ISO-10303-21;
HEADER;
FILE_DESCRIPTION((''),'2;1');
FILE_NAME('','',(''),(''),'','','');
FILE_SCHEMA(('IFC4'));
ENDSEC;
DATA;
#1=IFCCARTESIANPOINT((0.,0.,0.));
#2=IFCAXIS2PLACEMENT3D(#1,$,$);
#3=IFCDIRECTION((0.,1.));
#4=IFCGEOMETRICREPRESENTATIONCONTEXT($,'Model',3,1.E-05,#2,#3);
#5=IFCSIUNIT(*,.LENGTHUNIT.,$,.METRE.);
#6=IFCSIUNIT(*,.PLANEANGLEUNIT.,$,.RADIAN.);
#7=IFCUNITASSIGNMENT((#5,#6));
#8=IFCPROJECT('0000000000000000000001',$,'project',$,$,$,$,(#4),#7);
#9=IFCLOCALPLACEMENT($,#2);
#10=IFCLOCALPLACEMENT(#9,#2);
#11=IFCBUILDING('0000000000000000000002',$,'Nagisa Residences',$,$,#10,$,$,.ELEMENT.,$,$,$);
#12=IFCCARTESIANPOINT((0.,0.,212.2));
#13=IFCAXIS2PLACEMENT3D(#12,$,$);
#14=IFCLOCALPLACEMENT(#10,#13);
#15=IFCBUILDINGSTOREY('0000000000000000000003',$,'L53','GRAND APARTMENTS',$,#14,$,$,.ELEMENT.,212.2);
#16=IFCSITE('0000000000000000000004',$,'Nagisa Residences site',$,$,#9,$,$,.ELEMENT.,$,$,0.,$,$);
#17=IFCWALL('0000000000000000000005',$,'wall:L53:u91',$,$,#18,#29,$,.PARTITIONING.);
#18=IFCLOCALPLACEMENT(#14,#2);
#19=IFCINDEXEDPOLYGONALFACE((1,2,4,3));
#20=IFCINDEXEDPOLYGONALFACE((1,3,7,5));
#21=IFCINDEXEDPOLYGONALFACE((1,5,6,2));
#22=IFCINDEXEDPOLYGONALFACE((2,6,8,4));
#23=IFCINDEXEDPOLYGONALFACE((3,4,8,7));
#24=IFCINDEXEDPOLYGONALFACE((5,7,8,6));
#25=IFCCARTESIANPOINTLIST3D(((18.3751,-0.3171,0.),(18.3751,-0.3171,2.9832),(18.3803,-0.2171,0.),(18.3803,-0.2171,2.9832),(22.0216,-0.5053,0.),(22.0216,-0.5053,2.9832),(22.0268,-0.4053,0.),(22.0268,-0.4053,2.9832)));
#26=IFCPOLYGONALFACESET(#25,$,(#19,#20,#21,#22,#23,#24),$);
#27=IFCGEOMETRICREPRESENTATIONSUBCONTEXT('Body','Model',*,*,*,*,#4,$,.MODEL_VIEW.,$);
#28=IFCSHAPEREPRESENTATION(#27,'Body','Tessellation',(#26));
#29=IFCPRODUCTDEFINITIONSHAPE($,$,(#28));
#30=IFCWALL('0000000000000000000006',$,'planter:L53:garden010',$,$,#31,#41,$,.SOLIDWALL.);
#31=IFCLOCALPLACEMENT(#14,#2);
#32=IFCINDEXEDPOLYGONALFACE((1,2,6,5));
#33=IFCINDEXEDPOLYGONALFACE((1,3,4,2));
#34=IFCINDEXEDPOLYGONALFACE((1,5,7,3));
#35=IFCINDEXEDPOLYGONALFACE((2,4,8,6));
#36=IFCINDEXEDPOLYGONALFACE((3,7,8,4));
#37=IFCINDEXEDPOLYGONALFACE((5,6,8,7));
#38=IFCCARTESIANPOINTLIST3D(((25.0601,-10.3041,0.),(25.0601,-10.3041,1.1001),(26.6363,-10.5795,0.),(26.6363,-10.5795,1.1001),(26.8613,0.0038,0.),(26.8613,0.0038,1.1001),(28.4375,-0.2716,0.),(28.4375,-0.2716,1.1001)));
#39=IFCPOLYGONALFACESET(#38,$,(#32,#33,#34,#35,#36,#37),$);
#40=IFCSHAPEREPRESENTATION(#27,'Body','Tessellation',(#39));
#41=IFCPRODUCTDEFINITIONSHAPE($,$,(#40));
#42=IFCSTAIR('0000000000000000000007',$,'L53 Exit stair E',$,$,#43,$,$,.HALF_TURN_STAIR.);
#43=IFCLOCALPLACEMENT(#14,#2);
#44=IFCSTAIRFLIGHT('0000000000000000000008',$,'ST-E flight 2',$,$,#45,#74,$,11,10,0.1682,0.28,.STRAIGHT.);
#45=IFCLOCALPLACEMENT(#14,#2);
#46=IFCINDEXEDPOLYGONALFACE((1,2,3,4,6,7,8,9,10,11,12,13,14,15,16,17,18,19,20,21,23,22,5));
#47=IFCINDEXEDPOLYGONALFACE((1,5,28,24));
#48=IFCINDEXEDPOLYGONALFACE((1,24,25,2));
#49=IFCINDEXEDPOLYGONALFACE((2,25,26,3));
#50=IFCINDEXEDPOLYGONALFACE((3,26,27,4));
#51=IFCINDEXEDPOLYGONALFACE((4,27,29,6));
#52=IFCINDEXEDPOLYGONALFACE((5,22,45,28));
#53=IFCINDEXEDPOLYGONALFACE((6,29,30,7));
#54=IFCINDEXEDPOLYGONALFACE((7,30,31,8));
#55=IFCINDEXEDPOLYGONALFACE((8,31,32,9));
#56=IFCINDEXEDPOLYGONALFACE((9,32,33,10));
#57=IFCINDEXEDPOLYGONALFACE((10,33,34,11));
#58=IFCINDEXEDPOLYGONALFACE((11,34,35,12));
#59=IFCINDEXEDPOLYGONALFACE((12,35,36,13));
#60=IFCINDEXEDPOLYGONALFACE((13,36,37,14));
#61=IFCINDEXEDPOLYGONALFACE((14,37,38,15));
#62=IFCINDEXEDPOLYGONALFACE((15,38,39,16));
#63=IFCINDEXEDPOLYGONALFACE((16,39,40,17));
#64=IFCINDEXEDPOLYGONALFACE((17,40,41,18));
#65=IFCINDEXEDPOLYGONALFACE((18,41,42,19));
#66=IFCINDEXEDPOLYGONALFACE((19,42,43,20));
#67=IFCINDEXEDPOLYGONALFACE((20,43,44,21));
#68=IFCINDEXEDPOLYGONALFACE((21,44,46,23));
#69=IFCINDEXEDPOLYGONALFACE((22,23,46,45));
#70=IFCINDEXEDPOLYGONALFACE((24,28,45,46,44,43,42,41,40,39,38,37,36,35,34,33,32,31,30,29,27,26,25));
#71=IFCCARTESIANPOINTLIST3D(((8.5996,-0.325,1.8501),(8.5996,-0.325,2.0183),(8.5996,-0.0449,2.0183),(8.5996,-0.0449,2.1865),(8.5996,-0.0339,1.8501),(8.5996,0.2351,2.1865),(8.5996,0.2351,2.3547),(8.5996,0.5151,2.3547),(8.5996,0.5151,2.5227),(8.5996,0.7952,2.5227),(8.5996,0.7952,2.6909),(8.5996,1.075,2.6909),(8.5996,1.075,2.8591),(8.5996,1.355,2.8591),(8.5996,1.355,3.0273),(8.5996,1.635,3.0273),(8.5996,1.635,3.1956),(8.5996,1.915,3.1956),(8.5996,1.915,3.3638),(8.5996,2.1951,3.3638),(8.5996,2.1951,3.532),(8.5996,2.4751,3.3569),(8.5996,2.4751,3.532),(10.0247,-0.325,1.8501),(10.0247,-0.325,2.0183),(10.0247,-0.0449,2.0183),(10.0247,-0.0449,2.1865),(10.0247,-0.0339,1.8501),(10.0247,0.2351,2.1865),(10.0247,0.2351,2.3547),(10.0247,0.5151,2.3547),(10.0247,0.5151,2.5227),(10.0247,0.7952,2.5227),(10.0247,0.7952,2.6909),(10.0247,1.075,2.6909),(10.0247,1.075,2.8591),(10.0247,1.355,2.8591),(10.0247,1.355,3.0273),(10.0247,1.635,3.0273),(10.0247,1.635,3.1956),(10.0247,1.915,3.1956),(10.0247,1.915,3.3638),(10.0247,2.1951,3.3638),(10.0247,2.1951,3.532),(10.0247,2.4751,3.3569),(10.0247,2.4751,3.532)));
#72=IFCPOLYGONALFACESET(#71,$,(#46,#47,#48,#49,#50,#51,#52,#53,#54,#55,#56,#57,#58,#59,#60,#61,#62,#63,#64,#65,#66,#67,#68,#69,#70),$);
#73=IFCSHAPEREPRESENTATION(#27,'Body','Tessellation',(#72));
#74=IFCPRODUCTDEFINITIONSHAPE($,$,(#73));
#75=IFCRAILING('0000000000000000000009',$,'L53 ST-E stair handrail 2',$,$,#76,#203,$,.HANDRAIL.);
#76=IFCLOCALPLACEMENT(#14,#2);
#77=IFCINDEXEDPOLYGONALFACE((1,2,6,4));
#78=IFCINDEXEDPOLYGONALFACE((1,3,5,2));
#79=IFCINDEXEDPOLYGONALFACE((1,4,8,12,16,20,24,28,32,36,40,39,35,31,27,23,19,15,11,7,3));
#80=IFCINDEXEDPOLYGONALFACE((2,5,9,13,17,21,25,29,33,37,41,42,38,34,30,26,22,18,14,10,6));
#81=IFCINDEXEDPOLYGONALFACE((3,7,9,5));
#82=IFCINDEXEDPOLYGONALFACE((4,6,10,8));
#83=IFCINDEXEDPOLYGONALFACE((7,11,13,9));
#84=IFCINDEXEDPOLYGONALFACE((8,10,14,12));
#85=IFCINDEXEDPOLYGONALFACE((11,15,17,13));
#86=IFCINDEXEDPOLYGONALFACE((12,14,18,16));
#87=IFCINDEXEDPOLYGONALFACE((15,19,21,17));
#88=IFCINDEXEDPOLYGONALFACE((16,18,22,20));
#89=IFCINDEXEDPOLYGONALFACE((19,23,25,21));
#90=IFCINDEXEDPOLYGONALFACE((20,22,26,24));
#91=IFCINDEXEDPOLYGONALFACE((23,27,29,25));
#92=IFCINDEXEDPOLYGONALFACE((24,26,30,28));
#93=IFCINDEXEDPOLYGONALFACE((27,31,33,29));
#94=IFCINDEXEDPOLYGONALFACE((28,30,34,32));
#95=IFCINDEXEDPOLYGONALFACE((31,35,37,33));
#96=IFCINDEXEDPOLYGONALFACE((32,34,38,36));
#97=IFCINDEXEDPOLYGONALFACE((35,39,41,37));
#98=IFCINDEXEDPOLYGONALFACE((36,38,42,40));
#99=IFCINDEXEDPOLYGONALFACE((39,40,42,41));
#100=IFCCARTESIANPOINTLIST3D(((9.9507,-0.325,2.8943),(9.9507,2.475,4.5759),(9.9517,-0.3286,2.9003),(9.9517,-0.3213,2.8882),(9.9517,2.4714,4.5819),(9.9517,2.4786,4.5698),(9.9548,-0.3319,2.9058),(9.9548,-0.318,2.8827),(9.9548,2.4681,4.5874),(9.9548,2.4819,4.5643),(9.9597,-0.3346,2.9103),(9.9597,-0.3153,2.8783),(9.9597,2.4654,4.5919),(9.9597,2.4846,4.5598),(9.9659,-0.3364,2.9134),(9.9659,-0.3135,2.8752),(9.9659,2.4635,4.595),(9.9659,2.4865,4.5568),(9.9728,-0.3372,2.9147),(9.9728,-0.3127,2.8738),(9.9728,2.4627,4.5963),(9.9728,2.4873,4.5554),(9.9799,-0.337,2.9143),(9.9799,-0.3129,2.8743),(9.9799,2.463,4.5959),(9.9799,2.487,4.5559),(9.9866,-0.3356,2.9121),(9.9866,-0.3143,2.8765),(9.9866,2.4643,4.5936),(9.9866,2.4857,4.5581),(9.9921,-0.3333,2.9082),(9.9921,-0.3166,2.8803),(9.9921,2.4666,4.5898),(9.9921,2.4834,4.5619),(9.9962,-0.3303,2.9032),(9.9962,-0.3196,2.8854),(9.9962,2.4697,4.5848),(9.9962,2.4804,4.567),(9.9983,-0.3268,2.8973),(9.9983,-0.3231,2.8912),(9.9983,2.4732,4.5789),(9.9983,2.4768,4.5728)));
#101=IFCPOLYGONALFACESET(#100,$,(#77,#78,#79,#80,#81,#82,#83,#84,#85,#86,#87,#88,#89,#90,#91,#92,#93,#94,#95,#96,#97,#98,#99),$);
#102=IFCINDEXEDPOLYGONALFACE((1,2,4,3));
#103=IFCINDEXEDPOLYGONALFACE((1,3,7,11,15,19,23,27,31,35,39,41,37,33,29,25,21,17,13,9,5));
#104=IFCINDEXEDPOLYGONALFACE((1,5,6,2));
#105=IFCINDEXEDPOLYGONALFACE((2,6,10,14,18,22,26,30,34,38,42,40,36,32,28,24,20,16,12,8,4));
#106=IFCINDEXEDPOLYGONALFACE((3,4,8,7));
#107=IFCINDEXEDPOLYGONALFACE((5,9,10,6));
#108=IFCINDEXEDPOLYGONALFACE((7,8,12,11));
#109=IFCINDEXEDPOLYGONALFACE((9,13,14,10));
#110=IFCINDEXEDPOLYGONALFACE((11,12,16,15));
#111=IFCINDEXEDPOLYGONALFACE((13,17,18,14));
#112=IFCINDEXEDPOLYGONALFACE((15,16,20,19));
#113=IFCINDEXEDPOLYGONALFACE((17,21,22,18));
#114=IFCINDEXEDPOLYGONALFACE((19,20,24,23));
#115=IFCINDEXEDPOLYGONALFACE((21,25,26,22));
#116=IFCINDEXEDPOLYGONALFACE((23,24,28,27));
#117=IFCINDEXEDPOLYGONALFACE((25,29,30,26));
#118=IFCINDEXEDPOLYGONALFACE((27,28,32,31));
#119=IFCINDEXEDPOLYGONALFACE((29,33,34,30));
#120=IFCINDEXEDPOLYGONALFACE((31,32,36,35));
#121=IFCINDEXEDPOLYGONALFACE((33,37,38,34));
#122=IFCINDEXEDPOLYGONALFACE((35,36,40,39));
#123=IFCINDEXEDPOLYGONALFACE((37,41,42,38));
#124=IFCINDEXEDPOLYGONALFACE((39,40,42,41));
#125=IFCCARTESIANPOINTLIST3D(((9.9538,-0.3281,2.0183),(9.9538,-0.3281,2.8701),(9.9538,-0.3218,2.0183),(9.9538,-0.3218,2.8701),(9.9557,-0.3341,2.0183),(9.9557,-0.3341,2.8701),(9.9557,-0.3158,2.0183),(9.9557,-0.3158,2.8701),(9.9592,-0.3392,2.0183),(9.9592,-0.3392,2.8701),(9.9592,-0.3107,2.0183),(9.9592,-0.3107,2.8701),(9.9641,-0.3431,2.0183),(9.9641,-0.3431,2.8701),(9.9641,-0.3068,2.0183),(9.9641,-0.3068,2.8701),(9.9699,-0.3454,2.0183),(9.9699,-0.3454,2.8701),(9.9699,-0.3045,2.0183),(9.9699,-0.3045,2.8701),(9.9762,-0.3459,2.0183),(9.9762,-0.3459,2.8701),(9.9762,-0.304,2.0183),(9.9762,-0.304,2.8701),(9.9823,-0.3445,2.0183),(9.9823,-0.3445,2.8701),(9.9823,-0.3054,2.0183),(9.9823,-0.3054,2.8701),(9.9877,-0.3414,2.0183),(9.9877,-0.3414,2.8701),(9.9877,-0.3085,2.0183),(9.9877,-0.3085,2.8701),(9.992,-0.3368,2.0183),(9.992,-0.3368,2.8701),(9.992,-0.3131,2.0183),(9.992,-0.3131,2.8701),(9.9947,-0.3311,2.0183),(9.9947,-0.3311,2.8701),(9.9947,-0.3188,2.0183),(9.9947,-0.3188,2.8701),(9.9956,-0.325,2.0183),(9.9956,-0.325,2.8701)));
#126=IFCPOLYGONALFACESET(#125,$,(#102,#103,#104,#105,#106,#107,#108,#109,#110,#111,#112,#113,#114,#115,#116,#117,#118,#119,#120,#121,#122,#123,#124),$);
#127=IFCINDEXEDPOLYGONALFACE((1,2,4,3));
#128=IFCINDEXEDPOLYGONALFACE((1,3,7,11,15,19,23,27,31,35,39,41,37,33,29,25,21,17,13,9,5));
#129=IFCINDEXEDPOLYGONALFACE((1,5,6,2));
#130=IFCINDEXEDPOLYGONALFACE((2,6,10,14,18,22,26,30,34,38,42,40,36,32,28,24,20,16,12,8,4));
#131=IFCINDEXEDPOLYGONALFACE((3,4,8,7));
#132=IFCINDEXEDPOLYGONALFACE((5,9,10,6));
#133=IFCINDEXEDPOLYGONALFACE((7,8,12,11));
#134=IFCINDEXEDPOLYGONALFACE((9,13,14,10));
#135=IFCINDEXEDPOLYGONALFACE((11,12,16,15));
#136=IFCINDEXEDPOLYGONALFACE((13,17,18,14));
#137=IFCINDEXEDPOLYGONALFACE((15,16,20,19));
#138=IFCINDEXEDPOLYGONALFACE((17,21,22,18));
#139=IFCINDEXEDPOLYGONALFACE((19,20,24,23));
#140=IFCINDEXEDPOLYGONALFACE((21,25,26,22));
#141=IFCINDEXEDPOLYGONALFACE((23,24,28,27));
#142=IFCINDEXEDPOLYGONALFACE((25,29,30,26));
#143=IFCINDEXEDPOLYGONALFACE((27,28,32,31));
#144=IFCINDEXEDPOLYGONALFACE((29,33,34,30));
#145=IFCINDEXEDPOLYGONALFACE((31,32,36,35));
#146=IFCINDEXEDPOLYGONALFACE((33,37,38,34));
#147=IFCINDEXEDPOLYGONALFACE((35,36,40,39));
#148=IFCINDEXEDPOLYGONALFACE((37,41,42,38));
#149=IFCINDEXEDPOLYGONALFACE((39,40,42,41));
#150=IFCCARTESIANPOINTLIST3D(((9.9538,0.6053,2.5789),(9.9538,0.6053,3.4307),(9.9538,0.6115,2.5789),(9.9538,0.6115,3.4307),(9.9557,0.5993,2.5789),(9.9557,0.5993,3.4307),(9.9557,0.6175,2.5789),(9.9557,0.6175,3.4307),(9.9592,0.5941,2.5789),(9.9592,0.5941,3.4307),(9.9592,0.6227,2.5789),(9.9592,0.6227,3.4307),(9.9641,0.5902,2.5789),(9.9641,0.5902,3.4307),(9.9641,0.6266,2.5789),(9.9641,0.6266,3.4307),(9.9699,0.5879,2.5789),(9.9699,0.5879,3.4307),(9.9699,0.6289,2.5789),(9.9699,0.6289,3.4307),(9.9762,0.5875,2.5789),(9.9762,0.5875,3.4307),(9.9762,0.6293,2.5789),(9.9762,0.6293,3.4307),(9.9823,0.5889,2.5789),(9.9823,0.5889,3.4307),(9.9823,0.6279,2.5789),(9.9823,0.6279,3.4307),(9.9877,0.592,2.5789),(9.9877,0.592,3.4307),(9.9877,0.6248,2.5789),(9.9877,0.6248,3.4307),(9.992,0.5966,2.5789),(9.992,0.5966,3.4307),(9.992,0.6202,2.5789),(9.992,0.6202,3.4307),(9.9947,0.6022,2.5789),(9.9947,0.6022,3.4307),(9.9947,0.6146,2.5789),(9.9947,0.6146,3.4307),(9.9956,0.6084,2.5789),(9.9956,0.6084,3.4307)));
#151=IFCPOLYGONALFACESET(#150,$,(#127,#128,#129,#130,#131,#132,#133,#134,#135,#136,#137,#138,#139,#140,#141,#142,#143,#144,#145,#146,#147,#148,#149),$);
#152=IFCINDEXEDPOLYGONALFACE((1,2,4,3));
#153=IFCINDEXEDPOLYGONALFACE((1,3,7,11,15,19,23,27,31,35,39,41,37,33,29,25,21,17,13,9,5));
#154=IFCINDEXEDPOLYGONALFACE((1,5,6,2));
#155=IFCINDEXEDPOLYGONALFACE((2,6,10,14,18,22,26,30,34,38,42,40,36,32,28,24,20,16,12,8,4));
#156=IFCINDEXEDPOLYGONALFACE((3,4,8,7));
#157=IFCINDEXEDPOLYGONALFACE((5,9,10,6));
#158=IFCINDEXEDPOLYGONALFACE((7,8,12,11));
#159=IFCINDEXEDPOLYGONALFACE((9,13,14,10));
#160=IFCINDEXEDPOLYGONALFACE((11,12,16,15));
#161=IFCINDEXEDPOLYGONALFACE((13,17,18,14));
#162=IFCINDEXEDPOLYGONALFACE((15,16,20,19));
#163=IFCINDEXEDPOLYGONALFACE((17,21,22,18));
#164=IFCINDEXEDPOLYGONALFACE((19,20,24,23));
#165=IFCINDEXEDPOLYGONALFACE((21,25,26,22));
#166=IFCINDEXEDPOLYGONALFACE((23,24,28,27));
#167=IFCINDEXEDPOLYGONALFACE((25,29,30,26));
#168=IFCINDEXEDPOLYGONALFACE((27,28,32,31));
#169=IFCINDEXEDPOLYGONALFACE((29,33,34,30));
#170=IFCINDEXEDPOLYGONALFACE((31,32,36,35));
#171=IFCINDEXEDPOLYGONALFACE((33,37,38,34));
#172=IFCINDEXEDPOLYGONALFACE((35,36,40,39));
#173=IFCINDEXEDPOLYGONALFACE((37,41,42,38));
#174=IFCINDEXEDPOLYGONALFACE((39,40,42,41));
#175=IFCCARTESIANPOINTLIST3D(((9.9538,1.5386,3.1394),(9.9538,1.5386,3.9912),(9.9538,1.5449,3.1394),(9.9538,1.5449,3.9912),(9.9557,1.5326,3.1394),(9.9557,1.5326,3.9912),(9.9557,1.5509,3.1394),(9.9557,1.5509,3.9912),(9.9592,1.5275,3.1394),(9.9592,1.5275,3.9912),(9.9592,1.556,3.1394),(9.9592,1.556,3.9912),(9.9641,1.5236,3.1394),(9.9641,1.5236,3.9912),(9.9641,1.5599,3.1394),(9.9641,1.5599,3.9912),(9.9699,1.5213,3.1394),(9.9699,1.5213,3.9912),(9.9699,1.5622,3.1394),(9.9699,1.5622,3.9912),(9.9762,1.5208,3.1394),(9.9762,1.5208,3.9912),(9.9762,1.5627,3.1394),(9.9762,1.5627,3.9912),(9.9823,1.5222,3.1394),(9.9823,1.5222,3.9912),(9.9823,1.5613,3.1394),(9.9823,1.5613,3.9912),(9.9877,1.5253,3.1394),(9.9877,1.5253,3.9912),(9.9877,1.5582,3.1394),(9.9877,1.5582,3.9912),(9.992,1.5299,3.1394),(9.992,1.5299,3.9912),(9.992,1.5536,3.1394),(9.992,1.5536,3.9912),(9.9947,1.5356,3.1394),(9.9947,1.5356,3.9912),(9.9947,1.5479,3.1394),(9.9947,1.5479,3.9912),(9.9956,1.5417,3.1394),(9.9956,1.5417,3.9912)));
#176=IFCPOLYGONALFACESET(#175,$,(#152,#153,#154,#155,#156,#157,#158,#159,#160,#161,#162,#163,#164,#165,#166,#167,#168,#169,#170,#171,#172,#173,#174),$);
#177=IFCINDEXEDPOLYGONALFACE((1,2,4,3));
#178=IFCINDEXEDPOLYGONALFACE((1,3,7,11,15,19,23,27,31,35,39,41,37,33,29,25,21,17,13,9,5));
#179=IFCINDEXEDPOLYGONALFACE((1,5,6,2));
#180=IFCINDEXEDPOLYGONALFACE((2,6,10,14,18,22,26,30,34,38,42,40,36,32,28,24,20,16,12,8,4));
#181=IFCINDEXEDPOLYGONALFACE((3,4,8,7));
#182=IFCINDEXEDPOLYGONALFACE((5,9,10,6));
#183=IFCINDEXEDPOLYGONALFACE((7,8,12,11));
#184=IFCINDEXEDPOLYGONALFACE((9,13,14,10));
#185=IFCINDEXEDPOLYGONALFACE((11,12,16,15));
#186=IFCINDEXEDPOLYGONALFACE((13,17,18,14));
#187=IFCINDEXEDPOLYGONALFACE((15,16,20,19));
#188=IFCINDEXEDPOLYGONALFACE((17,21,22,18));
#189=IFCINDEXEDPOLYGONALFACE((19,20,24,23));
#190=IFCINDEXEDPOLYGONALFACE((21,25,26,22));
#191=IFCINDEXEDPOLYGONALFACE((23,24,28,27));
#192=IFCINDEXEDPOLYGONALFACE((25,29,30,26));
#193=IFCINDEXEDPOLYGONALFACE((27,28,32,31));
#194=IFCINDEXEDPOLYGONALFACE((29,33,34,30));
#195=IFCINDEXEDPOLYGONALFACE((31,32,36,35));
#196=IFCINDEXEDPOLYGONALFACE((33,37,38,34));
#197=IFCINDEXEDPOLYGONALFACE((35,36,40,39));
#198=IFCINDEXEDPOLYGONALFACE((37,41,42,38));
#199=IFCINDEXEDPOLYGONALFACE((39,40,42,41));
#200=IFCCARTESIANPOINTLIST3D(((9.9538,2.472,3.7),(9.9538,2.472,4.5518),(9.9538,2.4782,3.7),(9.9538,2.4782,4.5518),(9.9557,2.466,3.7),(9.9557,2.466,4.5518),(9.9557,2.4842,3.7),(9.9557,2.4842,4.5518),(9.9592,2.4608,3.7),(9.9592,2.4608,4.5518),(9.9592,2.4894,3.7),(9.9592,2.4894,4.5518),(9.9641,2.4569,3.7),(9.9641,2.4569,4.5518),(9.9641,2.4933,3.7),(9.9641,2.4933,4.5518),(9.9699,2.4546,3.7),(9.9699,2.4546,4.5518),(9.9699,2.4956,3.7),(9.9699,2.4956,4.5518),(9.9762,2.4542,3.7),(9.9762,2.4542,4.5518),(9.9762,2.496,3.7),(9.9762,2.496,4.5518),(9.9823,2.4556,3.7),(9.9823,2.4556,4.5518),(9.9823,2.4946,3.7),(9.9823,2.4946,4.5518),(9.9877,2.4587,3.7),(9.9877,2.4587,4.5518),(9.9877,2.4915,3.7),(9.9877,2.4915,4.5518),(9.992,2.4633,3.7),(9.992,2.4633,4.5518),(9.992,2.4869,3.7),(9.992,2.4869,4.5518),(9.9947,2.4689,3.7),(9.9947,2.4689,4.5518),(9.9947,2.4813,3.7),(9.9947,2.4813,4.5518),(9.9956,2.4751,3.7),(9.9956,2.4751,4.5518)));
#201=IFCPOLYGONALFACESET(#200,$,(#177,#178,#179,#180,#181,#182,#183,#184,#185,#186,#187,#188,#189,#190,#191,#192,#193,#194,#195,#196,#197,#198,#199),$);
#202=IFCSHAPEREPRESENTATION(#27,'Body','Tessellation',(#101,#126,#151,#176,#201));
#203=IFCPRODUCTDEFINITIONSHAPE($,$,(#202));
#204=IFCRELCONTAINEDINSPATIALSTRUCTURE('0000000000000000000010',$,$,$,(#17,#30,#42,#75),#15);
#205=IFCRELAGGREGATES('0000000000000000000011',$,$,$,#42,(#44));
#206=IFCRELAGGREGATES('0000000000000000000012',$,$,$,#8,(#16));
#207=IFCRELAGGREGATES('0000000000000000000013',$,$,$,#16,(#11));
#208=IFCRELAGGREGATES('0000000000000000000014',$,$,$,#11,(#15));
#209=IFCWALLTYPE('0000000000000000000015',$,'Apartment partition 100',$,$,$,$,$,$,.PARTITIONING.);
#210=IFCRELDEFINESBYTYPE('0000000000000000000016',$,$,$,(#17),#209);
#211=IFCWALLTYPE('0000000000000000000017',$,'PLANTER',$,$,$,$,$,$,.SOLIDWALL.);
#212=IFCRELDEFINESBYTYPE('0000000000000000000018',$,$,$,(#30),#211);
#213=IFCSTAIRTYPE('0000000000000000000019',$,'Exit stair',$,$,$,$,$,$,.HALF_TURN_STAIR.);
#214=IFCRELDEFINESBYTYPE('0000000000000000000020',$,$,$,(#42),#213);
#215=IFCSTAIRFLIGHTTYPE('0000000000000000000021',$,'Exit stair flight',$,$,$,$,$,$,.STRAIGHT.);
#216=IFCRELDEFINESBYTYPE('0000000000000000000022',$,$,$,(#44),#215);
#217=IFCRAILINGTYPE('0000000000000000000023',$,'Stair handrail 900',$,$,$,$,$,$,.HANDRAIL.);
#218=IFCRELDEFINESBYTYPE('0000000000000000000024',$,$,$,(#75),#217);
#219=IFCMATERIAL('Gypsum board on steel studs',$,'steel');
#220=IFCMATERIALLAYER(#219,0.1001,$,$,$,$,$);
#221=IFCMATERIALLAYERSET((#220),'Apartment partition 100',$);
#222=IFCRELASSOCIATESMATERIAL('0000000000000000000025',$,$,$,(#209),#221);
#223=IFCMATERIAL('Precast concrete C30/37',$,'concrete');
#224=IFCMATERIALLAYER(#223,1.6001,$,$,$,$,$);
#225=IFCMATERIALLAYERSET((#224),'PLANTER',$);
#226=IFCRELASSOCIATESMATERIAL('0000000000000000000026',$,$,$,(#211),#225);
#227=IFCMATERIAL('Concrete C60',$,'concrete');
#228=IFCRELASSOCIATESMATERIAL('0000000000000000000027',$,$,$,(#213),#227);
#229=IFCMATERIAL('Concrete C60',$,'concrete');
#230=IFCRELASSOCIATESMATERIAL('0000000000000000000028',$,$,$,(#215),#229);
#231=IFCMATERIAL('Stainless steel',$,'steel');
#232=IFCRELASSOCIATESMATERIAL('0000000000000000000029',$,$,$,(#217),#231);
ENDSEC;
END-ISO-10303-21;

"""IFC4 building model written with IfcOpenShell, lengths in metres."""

from ifc_helpers import new_model, si_unit, direction, frame, frame_2d, origin, origin_2d, place, context, subcontext, project, spatial, polyline, rectangle, circle, outline, extrude, material, layer, layer_set, type_object, element, aggregate, save


model = new_model("IFC4")

# Units and contexts
model_context = context("Model", 3, precision=1e-05, world=origin(), true_north=direction((0.0, 1.0)))
body_context = subcontext(model_context, "Body", "Model", "MODEL_VIEW")
ifc_project = project(units=[si_unit("LENGTHUNIT", "METRE"), si_unit("PLANEANGLEUNIT", "RADIAN")], contexts=[model_context])

# Site, building, storey
site_placement = place(None, origin())
site = spatial("IfcSite", under=ifc_project, at=site_placement, Name="Nagisa Residences site", CompositionType="ELEMENT", RefElevation=0.0)
building_placement = place(site_placement, origin())
building = spatial("IfcBuilding", under=site, at=building_placement, Name="Nagisa Residences", CompositionType="ELEMENT")
storey_placement = place(building_placement, frame((0.0, 0.0, 212.2)))
storey = spatial("IfcBuildingStorey", under=building, at=storey_placement, Name="L53", Description="GRAND APARTMENTS", CompositionType="ELEMENT", Elevation=212.2)

# Shared definitions
ifc_material_1 = material(Name="Gypsum board on steel studs", Category="steel")
ifc_layer_1 = layer(ifc_material_1, 0.1001)
ifc_layer_set_1 = layer_set([ifc_layer_1], Name="Apartment partition 100")
wall_type_1 = type_object("IfcWallType", Name="Apartment partition 100", PredefinedType="PARTITIONING", material=ifc_layer_set_1)

# Wall
wall_1_placement = place(storey_placement, frame((18.3777, -0.2671, 0.0), z_axis=(0.0, 0.0, 1.0), x_axis=(0.99867, -0.051552, 0.0)))
element("IfcWall", 1, at=wall_1_placement, inside=storey, type_object=wall_type_1, Name="wall:L53:u91", PredefinedType="PARTITIONING", context=body_context, shape_type="SweptSolid", body=[
    extrude(rectangle(XDim=3.6514, YDim=0.1001, at=frame_2d((1.8257, 0.0))), origin(), (0.0, 0.0, 1.0), 2.9832),
])

# Wall
ifc_material_2 = material(Name="Precast concrete C30/37", Category="concrete")
ifc_layer_2 = layer(ifc_material_2, 1.6001)
ifc_layer_set_2 = layer_set([ifc_layer_2], Name="PLANTER")
wall_type_2 = type_object("IfcWallType", Name="PLANTER", PredefinedType="SOLIDWALL", material=ifc_layer_set_2)
wall_2_placement = place(storey_placement, frame((27.6494, -0.134, 0.0), z_axis=(0.0, 0.0, 1.0), x_axis=(-0.172139, -0.985073, 0.0)))
element("IfcWall", 2, at=wall_2_placement, inside=storey, type_object=wall_type_2, Name="planter:L53:garden010", PredefinedType="SOLIDWALL", context=body_context, shape_type="SweptSolid", body=[
    extrude(rectangle(XDim=10.4641, YDim=1.6001, at=frame_2d((5.2319, 0.0))), origin(), (0.0, 0.0, 1.0), 1.1001),
])

# Stair, stair flight
ifc_material_3 = material(Name="Concrete C60", Category="concrete")
stair_type = type_object("IfcStairType", Name="Exit stair", PredefinedType="HALF_TURN_STAIR", material=ifc_material_3)
stair_placement = place(storey_placement, origin())
stair = element("IfcStair", 3, at=stair_placement, inside=storey, type_object=stair_type, Name="L53 Exit stair E", PredefinedType="HALF_TURN_STAIR")
ifc_material_4 = material(Name="Concrete C60", Category="concrete")
stair_flight_type = type_object("IfcStairFlightType", Name="Exit stair flight", PredefinedType="STRAIGHT", material=ifc_material_4)
stair_flight_placement = place(storey_placement, frame((9.312, -0.325, 1.8501), z_axis=(0.0, 0.0, 1.0), x_axis=(0.0, 1.0, 0.0)))
stair_flight = element("IfcStairFlight", 4, at=stair_flight_placement, type_object=stair_flight_type, Name="ST-E flight 2", NumberOfRisers=11, NumberOfTreads=10, PredefinedType="STRAIGHT", RiserHeight=0.1682, TreadLength=0.28, context=body_context, shape_type="SweptSolid", body=[
    extrude(outline(polyline([(0.0, 0.0), (0.0, 0.1682), (0.28, 0.1682), (0.28, 0.3364), (0.5601, 0.3364), (0.5601, 0.5046), (0.8401, 0.5046), (0.8401, 0.6726), (1.1201, 0.6726), (1.1201, 0.8408), (1.3999, 0.8408), (1.3999, 1.009), (1.6799, 1.009), (1.6799, 1.1772), (1.96, 1.1772), (1.96, 1.3455), (2.24, 1.3455), (2.24, 1.5137), (2.52, 1.5137), (2.52, 1.6819), (2.8, 1.6819), (2.8, 1.8501), (2.8, 1.5068), (0.291, 0.0), (0.0, 0.0)])), frame((0.0, 0.7124, 0.0), z_axis=(0.0, -1.0, 0.0), x_axis=(1.0, 0.0, 0.0)), (0.0, 0.0, 1.0), 1.425),
])
aggregate(stair, [stair_flight])

# Railing
ifc_material_5 = material(Name="Stainless steel", Category="steel")
railing_type = type_object("IfcRailingType", Name="Stair handrail 900", PredefinedType="HANDRAIL", material=ifc_material_5)
railing_placement = place(storey_placement, frame((9.9746, -0.325, 2.0183)))
element("IfcRailing", 5, at=railing_placement, inside=storey, type_object=railing_type, Name="L53 ST-E stair handrail 2", PredefinedType="HANDRAIL", context=body_context, shape_type="SweptSolid", body=[
    extrude(circle(Radius=0.0239, at=origin_2d()), frame((0.0, 0.0, 0.876), z_axis=(0.0, 0.857275, 0.514858), x_axis=(-1.0, 0.0, 0.0)), (0.0, 0.0, 1.0), 3.2661),
    extrude(circle(Radius=0.021, at=origin_2d()), origin(), (0.0, 0.0, 1.0), 0.8518),
    extrude(circle(Radius=0.021, at=origin_2d()), frame((0.0, 0.9333, 0.5605)), (0.0, 0.0, 1.0), 0.8518),
    extrude(circle(Radius=0.021, at=origin_2d()), frame((0.0, 1.8667, 1.1211)), (0.0, 0.0, 1.0), 0.8518),
    extrude(circle(Radius=0.021, at=origin_2d()), frame((0.0, 2.8, 1.6816)), (0.0, 0.0, 1.0), 0.8518),
])

save(model, "model.ifc")
